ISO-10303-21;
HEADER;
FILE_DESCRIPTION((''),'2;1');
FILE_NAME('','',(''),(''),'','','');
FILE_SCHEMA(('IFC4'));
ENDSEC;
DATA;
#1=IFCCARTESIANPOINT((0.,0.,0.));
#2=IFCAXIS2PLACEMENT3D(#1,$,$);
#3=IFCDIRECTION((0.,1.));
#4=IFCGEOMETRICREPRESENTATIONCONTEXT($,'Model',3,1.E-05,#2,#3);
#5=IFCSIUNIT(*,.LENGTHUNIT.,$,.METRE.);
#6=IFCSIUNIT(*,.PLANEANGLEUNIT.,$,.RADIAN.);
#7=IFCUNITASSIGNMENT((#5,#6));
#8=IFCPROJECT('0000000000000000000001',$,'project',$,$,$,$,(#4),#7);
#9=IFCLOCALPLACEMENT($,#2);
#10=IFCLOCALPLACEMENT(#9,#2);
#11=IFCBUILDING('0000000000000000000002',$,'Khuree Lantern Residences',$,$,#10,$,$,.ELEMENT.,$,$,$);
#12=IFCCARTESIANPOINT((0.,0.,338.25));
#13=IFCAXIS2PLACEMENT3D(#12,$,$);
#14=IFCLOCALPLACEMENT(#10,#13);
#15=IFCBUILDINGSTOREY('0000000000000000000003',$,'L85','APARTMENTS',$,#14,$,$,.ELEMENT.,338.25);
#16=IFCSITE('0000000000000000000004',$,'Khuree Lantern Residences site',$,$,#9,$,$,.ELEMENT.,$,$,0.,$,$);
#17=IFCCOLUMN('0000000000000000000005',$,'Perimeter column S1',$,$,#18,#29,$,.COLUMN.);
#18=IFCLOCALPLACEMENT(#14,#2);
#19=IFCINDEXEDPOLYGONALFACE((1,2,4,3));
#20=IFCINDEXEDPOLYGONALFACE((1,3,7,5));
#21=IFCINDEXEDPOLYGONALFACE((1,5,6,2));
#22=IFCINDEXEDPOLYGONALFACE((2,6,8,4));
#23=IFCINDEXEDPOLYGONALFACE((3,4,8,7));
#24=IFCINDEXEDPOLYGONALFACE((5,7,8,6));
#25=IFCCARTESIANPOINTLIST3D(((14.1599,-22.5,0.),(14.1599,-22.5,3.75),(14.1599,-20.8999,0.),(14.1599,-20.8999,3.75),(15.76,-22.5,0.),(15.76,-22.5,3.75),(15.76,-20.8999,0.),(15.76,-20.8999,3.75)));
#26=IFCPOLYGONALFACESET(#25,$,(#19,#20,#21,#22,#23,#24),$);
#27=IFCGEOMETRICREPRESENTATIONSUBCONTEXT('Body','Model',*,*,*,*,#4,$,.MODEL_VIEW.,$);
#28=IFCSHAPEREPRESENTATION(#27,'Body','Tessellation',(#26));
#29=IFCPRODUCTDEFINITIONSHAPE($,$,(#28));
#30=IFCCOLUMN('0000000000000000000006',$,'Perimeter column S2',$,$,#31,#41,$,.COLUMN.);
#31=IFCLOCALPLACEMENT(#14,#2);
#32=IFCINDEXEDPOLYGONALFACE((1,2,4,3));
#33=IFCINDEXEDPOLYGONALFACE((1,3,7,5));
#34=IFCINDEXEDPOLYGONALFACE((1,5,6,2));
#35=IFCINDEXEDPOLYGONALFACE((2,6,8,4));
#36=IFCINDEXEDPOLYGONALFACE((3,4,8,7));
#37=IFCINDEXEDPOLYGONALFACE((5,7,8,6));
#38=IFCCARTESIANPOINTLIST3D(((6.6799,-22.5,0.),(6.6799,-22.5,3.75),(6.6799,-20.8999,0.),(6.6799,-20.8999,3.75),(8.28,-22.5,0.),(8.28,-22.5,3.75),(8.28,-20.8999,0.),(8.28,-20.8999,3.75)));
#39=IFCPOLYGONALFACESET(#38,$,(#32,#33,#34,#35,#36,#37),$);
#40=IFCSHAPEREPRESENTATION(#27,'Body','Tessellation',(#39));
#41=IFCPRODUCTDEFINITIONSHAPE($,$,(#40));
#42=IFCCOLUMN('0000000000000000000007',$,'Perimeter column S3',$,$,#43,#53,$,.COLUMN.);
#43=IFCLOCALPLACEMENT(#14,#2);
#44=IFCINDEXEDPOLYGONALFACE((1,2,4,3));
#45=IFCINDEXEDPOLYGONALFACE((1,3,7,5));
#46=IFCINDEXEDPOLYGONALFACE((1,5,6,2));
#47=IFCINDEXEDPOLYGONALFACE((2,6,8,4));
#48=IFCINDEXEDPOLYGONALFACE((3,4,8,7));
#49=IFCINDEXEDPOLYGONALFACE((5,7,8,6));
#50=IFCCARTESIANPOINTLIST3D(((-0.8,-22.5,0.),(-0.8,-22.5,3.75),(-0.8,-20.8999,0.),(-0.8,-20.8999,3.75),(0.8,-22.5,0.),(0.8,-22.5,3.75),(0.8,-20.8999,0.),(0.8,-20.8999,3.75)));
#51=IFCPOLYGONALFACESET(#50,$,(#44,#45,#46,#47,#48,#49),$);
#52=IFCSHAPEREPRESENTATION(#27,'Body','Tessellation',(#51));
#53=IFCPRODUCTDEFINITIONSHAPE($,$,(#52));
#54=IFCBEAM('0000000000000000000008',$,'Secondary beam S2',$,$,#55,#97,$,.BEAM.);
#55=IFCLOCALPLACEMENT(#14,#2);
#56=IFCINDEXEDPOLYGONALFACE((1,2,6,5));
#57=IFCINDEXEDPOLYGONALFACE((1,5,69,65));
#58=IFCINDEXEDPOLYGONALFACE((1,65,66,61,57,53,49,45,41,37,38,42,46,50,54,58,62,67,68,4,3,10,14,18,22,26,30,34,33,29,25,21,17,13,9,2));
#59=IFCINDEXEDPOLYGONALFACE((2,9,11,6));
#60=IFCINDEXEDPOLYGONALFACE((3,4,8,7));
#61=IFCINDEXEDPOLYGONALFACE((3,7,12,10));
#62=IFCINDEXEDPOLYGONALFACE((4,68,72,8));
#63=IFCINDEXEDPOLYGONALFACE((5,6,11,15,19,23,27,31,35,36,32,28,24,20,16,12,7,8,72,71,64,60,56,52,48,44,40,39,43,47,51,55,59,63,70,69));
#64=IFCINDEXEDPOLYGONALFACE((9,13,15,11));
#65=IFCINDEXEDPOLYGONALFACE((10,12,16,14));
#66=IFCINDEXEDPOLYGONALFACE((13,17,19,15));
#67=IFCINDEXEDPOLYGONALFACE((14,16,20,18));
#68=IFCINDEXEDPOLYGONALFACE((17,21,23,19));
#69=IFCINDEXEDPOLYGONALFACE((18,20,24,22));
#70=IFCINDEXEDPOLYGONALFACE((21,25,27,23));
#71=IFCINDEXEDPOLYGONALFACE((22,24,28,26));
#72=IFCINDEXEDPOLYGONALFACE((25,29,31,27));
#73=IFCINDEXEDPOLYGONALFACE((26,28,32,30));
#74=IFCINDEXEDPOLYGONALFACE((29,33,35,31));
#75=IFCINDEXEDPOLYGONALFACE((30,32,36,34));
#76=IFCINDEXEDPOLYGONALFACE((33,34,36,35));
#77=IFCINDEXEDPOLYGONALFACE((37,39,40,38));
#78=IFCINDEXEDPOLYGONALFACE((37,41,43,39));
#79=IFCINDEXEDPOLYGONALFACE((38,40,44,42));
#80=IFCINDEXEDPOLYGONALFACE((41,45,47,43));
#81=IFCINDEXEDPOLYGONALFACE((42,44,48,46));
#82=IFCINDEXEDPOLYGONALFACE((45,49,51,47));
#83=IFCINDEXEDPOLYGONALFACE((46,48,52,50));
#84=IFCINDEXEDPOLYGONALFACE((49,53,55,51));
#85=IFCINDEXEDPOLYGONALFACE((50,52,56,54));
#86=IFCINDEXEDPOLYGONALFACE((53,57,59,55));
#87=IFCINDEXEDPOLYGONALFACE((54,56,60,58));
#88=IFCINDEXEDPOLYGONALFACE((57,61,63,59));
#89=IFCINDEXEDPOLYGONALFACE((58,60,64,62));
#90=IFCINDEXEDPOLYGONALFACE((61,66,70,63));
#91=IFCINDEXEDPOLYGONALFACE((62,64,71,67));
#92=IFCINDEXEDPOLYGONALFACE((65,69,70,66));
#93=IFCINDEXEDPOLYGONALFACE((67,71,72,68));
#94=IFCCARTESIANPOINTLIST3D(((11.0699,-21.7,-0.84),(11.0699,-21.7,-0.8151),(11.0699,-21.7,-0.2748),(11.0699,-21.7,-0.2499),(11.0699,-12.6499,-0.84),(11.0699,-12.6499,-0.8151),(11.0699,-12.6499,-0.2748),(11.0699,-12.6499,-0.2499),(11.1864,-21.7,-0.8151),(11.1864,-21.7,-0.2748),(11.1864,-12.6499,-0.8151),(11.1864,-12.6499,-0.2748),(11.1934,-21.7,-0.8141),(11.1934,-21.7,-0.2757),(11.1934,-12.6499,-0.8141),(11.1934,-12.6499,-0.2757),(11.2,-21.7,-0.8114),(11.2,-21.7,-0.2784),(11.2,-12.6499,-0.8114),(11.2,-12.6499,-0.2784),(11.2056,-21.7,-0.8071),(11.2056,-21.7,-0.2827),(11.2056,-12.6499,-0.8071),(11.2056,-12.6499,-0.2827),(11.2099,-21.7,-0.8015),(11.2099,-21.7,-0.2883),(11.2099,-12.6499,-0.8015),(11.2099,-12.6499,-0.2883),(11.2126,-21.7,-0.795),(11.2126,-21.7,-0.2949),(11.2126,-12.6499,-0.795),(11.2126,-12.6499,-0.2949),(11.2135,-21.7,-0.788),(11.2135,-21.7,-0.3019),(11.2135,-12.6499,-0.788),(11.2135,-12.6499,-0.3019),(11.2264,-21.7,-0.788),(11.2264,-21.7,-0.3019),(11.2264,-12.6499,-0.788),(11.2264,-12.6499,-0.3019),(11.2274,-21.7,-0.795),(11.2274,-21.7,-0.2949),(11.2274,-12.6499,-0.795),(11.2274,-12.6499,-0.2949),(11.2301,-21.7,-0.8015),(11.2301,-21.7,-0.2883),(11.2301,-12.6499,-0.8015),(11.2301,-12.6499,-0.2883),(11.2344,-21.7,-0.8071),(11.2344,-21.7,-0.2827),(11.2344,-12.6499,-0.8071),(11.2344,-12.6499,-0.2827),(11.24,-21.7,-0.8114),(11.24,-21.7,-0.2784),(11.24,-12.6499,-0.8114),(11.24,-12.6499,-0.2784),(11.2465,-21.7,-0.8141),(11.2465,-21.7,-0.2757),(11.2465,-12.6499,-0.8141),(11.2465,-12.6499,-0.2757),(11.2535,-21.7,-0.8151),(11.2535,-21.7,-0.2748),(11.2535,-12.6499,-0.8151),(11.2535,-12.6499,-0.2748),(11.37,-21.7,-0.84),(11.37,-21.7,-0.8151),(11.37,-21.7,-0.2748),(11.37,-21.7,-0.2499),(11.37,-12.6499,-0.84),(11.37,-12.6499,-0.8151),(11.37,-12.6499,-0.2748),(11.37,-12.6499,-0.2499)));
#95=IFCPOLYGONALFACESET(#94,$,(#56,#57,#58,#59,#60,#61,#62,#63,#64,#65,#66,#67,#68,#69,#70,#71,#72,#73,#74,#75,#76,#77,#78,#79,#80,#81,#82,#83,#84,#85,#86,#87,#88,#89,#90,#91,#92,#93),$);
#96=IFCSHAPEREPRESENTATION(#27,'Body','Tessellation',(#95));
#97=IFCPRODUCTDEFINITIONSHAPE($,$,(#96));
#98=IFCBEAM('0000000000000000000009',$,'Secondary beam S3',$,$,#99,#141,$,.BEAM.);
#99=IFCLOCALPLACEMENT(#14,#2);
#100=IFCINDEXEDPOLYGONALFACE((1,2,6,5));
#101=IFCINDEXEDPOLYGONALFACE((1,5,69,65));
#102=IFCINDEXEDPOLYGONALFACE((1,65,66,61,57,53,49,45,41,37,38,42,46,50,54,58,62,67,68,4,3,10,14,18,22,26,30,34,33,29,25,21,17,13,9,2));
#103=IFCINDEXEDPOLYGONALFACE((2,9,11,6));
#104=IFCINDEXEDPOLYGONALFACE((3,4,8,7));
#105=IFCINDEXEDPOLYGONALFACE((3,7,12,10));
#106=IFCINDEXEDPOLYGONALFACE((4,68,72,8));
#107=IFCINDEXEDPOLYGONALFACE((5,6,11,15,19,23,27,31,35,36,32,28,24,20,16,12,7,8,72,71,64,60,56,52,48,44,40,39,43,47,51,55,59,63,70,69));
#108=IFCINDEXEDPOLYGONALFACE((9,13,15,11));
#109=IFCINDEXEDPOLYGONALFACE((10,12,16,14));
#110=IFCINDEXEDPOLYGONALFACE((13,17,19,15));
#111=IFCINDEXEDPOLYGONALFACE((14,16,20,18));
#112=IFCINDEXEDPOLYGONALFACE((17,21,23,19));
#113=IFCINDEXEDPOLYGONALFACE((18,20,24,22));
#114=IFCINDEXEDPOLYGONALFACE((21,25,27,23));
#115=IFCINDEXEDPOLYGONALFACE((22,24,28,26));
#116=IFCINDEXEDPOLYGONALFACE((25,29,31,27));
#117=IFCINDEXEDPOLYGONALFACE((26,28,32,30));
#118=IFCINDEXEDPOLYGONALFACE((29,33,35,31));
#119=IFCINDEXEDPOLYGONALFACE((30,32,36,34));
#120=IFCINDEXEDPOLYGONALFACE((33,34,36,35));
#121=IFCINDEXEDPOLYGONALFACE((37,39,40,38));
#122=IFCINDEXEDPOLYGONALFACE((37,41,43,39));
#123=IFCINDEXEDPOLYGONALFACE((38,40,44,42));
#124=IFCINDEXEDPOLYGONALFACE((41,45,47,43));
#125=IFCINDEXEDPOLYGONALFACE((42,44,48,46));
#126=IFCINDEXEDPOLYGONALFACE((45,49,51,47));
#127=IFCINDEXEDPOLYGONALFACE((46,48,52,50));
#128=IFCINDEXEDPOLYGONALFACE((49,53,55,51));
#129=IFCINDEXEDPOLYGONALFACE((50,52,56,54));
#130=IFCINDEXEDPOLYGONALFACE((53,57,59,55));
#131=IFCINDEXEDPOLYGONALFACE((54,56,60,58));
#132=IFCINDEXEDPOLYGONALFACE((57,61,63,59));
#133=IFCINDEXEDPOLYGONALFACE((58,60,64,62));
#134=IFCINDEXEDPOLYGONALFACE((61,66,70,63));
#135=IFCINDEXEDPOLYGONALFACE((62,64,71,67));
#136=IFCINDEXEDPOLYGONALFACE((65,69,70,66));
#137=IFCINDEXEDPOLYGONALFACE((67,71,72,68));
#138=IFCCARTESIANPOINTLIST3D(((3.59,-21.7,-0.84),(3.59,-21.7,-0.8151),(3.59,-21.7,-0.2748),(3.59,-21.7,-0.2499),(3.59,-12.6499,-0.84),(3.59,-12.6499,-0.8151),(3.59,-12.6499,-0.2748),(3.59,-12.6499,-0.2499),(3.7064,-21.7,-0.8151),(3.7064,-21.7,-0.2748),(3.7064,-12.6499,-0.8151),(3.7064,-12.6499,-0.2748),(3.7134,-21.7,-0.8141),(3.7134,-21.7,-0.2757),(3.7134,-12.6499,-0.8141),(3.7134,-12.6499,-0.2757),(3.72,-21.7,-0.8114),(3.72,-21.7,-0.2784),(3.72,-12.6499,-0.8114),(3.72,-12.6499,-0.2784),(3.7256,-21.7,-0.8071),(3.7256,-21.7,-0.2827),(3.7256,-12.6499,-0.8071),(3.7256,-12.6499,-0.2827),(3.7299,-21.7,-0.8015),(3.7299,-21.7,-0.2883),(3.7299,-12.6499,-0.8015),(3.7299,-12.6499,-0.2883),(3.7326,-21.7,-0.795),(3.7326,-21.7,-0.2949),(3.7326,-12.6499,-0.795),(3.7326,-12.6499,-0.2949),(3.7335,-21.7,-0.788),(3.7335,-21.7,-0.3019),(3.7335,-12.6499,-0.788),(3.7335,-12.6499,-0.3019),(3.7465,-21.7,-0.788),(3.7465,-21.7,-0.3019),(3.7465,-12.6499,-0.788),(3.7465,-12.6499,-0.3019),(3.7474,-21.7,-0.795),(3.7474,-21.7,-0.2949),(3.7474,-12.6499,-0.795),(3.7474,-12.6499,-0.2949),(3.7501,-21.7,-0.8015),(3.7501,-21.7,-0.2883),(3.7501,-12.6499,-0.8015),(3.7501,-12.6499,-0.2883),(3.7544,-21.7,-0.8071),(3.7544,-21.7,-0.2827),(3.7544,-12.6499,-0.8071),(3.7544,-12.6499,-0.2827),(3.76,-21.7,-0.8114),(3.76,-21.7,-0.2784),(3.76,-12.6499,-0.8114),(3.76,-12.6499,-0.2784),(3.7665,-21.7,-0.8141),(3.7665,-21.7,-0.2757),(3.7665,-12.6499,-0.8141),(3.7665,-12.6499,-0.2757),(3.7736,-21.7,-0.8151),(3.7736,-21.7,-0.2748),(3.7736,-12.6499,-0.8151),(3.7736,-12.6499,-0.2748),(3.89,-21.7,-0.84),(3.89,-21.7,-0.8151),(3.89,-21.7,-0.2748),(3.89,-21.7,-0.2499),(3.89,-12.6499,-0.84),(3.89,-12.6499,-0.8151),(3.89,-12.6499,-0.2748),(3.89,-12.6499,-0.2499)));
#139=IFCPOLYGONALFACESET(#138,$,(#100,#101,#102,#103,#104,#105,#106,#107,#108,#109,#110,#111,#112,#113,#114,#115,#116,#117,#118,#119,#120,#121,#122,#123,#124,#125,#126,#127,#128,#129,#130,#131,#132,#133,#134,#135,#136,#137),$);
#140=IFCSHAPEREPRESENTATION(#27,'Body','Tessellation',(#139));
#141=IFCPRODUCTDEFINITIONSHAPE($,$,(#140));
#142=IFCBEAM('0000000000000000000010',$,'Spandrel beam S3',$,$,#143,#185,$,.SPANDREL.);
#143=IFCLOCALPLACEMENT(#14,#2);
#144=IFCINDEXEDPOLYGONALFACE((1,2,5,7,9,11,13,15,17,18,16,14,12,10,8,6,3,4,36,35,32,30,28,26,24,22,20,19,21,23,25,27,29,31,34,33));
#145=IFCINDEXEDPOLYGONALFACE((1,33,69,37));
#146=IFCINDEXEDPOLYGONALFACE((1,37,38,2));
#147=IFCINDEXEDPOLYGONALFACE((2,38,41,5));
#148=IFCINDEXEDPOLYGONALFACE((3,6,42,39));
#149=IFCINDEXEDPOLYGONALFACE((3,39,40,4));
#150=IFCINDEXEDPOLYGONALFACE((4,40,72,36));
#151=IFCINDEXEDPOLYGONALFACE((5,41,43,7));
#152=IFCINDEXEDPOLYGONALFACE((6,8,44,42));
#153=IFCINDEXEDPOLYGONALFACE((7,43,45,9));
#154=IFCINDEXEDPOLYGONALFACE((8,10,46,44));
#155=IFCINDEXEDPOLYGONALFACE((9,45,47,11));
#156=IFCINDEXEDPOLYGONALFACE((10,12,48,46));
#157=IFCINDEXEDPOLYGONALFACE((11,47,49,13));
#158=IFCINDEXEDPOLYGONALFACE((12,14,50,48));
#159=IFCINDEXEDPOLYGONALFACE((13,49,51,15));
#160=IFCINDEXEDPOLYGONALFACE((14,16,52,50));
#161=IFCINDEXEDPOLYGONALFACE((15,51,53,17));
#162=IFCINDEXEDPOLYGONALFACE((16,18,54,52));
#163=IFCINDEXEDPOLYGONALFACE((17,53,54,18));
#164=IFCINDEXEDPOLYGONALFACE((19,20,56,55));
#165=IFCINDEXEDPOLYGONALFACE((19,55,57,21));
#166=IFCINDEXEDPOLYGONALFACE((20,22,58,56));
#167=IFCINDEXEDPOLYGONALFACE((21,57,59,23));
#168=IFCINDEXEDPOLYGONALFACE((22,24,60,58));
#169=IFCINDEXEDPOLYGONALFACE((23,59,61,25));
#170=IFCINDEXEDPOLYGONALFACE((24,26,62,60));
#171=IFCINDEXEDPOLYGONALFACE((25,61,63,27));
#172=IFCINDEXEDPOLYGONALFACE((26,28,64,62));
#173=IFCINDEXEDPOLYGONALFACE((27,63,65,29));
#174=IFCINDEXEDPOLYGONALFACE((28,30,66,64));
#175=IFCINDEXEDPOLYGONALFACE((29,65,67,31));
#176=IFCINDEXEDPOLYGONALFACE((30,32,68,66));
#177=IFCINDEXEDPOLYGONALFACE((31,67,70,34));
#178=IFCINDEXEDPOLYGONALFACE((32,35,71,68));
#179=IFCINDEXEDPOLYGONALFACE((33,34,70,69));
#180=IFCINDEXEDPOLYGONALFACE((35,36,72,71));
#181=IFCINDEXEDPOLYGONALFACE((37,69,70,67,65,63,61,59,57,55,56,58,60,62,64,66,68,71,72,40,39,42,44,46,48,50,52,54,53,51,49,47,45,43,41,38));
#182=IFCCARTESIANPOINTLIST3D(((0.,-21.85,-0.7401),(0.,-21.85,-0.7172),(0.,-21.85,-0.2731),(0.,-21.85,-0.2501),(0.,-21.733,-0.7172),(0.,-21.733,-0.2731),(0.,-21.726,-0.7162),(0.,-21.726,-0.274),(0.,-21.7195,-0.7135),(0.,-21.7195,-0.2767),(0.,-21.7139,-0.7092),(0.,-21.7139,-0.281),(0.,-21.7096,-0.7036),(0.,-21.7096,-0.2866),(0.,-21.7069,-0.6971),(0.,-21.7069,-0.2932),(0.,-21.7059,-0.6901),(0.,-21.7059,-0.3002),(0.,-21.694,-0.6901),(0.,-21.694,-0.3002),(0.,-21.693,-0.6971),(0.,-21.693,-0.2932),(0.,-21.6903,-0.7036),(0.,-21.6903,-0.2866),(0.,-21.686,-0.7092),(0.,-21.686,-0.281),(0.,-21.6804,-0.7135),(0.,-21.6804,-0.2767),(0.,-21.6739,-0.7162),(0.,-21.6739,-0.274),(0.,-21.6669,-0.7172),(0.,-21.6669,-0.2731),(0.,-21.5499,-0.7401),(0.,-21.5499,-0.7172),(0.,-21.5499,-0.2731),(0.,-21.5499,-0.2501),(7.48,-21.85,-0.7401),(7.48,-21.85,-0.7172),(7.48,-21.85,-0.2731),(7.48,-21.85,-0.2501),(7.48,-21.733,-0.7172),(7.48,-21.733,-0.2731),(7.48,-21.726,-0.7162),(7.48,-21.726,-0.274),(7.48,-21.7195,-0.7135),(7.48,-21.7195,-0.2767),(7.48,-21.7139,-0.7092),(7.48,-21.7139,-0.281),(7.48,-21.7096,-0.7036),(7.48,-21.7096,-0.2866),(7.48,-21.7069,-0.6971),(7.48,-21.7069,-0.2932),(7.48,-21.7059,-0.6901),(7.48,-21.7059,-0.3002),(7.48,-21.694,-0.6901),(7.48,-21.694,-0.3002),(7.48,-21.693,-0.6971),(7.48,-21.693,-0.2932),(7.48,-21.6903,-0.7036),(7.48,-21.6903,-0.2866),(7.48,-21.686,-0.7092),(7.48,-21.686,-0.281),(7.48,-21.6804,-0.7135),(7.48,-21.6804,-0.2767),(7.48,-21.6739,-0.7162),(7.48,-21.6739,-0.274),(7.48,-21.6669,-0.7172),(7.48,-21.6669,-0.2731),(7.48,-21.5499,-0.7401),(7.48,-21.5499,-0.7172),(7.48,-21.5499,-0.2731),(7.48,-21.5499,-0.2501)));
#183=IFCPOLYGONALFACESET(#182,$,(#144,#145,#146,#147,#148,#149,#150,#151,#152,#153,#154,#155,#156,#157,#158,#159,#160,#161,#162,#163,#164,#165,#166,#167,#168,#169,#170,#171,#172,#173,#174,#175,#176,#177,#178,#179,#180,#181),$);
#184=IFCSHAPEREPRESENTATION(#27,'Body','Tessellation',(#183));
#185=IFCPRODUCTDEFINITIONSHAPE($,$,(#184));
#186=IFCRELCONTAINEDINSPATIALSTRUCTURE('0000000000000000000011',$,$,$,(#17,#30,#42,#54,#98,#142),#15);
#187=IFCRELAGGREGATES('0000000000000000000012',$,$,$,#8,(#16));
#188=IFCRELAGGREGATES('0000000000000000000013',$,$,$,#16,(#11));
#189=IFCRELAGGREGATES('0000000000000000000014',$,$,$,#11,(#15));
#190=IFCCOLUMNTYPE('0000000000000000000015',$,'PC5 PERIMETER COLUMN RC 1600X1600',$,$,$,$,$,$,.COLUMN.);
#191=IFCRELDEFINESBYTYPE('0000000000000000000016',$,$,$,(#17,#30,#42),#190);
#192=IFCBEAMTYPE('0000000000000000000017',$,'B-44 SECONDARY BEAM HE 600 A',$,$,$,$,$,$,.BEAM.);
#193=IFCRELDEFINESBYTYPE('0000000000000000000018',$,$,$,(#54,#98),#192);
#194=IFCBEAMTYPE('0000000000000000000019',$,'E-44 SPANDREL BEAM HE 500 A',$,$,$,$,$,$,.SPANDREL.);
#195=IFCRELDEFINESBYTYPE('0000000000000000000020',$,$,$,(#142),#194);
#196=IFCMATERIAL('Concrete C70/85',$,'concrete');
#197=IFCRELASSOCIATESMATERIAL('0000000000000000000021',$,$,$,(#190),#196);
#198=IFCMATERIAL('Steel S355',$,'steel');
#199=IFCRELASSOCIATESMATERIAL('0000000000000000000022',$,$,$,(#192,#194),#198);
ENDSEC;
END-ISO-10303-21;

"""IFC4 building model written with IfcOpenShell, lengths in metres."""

from ifc_helpers import new_model, si_unit, direction, frame, origin, origin_2d, place, context, subcontext, project, spatial, rectangle, i_section, extrude, material, material_profile, profile_set, type_object, element, save


model = new_model("IFC4")

# Units and contexts
model_context = context("Model", 3, precision=1e-05, world=origin(), true_north=direction((0.0, 1.0)))
body_context = subcontext(model_context, "Body", "Model", "MODEL_VIEW")
ifc_project = project(units=[si_unit("LENGTHUNIT", "METRE"), si_unit("PLANEANGLEUNIT", "RADIAN")], contexts=[model_context])

# Site, building, storey
site_placement = place(None, origin())
site = spatial("IfcSite", under=ifc_project, at=site_placement, Name="Khuree Lantern Residences site", CompositionType="ELEMENT", RefElevation=0.0)
building_placement = place(site_placement, origin())
building = spatial("IfcBuilding", under=site, at=building_placement, Name="Khuree Lantern Residences", CompositionType="ELEMENT")
storey_placement = place(building_placement, frame((0.0, 0.0, 338.25)))
storey = spatial("IfcBuildingStorey", under=building, at=storey_placement, Name="L85", Description="APARTMENTS", CompositionType="ELEMENT", Elevation=338.25)

# Columns
ifc_material_1 = material(Name="Concrete C70/85", Category="concrete")
ifc_material_profile_1 = material_profile(ifc_material_1, rectangle(XDim=1.6001, YDim=1.6001, at=origin_2d()), Name="RC 1600X1600")
ifc_profile_set_1 = profile_set([ifc_material_profile_1], Name="Concrete C70/85")
column_type = type_object("IfcColumnType", Name="PC5 PERIMETER COLUMN RC 1600X1600", PredefinedType="COLUMN", material=ifc_profile_set_1)
for number, where, z_axis, x_axis, name in (
    (1, (14.96, -21.7, 0.0), (0.0, 0.0, 1.0), (1.0, 0.0, 0.0), "Perimeter column S1"),
    (2, (7.48, -21.7, 0.0), (0.0, 0.0, 1.0), (1.0, 0.0, 0.0), "Perimeter column S2"),
    (3, (0.0, -21.7, 0.0), (0.0, 0.0, 1.0), (1.0, 0.0, 0.0), "Perimeter column S3"),
):
    element("IfcColumn", number, at=place(storey_placement, frame(where, z_axis=z_axis, x_axis=x_axis)), inside=storey, type_object=column_type, Name=name, PredefinedType="COLUMN", context=body_context, shape_type="SweptSolid", body=[
        extrude(rectangle(XDim=1.6001, YDim=1.6001, at=origin_2d()), origin(), (0.0, 0.0, 1.0), 3.75),
    ])

# Beams
ifc_material_2 = material(Name="Steel S355", Category="steel")
ifc_material_profile_2 = material_profile(ifc_material_2, i_section(OverallWidth=0.3, OverallDepth=0.5901, WebThickness=0.0129, FlangeThickness=0.0249, FilletRadius=0.0271, at=origin_2d()), Name="HE 600 A")
ifc_profile_set_2 = profile_set([ifc_material_profile_2], Name="Steel S355")
beam_type_1 = type_object("IfcBeamType", Name="B-44 SECONDARY BEAM HE 600 A", PredefinedType="BEAM", material=ifc_profile_set_2)
for number, where, z_axis, x_axis, name in (
    (4, (11.22, -21.7, -0.5449), (0.0, 1.0, 0.0), (-1.0, 0.0, 0.0), "Secondary beam S2"),
    (5, (3.74, -21.7, -0.5449), (0.0, 1.0, 0.0), (-1.0, 0.0, 0.0), "Secondary beam S3"),
):
    element("IfcBeam", number, at=place(storey_placement, frame(where, z_axis=z_axis, x_axis=x_axis)), inside=storey, type_object=beam_type_1, Name=name, PredefinedType="BEAM", context=body_context, shape_type="SweptSolid", body=[
        extrude(i_section(OverallWidth=0.3, OverallDepth=0.5901, WebThickness=0.0129, FlangeThickness=0.0249, FilletRadius=0.0271, at=origin_2d()), origin(), (0.0, 0.0, 1.0), 9.05),
    ])
ifc_material_profile_3 = material_profile(ifc_material_2, i_section(OverallWidth=0.3, OverallDepth=0.49, WebThickness=0.012, FlangeThickness=0.0229, FilletRadius=0.0271, at=origin_2d()), Name="HE 500 A")
ifc_profile_set_3 = profile_set([ifc_material_profile_3], Name="Steel S355")
beam_type_2 = type_object("IfcBeamType", Name="E-44 SPANDREL BEAM HE 500 A", PredefinedType="SPANDREL", material=ifc_profile_set_3)
for number, where, z_axis, x_axis, name in (
    (6, (7.48, -21.7, -0.4951), (-1.0, 0.0, 0.0), (0.0, -1.0, 0.0), "Spandrel beam S3"),
):
    element("IfcBeam", number, at=place(storey_placement, frame(where, z_axis=z_axis, x_axis=x_axis)), inside=storey, type_object=beam_type_2, Name=name, PredefinedType="SPANDREL", context=body_context, shape_type="SweptSolid", body=[
        extrude(i_section(OverallWidth=0.3, OverallDepth=0.49, WebThickness=0.012, FlangeThickness=0.0229, FilletRadius=0.0271, at=origin_2d()), origin(), (0.0, 0.0, 1.0), 7.48),
    ])

save(model, "model.ifc")
